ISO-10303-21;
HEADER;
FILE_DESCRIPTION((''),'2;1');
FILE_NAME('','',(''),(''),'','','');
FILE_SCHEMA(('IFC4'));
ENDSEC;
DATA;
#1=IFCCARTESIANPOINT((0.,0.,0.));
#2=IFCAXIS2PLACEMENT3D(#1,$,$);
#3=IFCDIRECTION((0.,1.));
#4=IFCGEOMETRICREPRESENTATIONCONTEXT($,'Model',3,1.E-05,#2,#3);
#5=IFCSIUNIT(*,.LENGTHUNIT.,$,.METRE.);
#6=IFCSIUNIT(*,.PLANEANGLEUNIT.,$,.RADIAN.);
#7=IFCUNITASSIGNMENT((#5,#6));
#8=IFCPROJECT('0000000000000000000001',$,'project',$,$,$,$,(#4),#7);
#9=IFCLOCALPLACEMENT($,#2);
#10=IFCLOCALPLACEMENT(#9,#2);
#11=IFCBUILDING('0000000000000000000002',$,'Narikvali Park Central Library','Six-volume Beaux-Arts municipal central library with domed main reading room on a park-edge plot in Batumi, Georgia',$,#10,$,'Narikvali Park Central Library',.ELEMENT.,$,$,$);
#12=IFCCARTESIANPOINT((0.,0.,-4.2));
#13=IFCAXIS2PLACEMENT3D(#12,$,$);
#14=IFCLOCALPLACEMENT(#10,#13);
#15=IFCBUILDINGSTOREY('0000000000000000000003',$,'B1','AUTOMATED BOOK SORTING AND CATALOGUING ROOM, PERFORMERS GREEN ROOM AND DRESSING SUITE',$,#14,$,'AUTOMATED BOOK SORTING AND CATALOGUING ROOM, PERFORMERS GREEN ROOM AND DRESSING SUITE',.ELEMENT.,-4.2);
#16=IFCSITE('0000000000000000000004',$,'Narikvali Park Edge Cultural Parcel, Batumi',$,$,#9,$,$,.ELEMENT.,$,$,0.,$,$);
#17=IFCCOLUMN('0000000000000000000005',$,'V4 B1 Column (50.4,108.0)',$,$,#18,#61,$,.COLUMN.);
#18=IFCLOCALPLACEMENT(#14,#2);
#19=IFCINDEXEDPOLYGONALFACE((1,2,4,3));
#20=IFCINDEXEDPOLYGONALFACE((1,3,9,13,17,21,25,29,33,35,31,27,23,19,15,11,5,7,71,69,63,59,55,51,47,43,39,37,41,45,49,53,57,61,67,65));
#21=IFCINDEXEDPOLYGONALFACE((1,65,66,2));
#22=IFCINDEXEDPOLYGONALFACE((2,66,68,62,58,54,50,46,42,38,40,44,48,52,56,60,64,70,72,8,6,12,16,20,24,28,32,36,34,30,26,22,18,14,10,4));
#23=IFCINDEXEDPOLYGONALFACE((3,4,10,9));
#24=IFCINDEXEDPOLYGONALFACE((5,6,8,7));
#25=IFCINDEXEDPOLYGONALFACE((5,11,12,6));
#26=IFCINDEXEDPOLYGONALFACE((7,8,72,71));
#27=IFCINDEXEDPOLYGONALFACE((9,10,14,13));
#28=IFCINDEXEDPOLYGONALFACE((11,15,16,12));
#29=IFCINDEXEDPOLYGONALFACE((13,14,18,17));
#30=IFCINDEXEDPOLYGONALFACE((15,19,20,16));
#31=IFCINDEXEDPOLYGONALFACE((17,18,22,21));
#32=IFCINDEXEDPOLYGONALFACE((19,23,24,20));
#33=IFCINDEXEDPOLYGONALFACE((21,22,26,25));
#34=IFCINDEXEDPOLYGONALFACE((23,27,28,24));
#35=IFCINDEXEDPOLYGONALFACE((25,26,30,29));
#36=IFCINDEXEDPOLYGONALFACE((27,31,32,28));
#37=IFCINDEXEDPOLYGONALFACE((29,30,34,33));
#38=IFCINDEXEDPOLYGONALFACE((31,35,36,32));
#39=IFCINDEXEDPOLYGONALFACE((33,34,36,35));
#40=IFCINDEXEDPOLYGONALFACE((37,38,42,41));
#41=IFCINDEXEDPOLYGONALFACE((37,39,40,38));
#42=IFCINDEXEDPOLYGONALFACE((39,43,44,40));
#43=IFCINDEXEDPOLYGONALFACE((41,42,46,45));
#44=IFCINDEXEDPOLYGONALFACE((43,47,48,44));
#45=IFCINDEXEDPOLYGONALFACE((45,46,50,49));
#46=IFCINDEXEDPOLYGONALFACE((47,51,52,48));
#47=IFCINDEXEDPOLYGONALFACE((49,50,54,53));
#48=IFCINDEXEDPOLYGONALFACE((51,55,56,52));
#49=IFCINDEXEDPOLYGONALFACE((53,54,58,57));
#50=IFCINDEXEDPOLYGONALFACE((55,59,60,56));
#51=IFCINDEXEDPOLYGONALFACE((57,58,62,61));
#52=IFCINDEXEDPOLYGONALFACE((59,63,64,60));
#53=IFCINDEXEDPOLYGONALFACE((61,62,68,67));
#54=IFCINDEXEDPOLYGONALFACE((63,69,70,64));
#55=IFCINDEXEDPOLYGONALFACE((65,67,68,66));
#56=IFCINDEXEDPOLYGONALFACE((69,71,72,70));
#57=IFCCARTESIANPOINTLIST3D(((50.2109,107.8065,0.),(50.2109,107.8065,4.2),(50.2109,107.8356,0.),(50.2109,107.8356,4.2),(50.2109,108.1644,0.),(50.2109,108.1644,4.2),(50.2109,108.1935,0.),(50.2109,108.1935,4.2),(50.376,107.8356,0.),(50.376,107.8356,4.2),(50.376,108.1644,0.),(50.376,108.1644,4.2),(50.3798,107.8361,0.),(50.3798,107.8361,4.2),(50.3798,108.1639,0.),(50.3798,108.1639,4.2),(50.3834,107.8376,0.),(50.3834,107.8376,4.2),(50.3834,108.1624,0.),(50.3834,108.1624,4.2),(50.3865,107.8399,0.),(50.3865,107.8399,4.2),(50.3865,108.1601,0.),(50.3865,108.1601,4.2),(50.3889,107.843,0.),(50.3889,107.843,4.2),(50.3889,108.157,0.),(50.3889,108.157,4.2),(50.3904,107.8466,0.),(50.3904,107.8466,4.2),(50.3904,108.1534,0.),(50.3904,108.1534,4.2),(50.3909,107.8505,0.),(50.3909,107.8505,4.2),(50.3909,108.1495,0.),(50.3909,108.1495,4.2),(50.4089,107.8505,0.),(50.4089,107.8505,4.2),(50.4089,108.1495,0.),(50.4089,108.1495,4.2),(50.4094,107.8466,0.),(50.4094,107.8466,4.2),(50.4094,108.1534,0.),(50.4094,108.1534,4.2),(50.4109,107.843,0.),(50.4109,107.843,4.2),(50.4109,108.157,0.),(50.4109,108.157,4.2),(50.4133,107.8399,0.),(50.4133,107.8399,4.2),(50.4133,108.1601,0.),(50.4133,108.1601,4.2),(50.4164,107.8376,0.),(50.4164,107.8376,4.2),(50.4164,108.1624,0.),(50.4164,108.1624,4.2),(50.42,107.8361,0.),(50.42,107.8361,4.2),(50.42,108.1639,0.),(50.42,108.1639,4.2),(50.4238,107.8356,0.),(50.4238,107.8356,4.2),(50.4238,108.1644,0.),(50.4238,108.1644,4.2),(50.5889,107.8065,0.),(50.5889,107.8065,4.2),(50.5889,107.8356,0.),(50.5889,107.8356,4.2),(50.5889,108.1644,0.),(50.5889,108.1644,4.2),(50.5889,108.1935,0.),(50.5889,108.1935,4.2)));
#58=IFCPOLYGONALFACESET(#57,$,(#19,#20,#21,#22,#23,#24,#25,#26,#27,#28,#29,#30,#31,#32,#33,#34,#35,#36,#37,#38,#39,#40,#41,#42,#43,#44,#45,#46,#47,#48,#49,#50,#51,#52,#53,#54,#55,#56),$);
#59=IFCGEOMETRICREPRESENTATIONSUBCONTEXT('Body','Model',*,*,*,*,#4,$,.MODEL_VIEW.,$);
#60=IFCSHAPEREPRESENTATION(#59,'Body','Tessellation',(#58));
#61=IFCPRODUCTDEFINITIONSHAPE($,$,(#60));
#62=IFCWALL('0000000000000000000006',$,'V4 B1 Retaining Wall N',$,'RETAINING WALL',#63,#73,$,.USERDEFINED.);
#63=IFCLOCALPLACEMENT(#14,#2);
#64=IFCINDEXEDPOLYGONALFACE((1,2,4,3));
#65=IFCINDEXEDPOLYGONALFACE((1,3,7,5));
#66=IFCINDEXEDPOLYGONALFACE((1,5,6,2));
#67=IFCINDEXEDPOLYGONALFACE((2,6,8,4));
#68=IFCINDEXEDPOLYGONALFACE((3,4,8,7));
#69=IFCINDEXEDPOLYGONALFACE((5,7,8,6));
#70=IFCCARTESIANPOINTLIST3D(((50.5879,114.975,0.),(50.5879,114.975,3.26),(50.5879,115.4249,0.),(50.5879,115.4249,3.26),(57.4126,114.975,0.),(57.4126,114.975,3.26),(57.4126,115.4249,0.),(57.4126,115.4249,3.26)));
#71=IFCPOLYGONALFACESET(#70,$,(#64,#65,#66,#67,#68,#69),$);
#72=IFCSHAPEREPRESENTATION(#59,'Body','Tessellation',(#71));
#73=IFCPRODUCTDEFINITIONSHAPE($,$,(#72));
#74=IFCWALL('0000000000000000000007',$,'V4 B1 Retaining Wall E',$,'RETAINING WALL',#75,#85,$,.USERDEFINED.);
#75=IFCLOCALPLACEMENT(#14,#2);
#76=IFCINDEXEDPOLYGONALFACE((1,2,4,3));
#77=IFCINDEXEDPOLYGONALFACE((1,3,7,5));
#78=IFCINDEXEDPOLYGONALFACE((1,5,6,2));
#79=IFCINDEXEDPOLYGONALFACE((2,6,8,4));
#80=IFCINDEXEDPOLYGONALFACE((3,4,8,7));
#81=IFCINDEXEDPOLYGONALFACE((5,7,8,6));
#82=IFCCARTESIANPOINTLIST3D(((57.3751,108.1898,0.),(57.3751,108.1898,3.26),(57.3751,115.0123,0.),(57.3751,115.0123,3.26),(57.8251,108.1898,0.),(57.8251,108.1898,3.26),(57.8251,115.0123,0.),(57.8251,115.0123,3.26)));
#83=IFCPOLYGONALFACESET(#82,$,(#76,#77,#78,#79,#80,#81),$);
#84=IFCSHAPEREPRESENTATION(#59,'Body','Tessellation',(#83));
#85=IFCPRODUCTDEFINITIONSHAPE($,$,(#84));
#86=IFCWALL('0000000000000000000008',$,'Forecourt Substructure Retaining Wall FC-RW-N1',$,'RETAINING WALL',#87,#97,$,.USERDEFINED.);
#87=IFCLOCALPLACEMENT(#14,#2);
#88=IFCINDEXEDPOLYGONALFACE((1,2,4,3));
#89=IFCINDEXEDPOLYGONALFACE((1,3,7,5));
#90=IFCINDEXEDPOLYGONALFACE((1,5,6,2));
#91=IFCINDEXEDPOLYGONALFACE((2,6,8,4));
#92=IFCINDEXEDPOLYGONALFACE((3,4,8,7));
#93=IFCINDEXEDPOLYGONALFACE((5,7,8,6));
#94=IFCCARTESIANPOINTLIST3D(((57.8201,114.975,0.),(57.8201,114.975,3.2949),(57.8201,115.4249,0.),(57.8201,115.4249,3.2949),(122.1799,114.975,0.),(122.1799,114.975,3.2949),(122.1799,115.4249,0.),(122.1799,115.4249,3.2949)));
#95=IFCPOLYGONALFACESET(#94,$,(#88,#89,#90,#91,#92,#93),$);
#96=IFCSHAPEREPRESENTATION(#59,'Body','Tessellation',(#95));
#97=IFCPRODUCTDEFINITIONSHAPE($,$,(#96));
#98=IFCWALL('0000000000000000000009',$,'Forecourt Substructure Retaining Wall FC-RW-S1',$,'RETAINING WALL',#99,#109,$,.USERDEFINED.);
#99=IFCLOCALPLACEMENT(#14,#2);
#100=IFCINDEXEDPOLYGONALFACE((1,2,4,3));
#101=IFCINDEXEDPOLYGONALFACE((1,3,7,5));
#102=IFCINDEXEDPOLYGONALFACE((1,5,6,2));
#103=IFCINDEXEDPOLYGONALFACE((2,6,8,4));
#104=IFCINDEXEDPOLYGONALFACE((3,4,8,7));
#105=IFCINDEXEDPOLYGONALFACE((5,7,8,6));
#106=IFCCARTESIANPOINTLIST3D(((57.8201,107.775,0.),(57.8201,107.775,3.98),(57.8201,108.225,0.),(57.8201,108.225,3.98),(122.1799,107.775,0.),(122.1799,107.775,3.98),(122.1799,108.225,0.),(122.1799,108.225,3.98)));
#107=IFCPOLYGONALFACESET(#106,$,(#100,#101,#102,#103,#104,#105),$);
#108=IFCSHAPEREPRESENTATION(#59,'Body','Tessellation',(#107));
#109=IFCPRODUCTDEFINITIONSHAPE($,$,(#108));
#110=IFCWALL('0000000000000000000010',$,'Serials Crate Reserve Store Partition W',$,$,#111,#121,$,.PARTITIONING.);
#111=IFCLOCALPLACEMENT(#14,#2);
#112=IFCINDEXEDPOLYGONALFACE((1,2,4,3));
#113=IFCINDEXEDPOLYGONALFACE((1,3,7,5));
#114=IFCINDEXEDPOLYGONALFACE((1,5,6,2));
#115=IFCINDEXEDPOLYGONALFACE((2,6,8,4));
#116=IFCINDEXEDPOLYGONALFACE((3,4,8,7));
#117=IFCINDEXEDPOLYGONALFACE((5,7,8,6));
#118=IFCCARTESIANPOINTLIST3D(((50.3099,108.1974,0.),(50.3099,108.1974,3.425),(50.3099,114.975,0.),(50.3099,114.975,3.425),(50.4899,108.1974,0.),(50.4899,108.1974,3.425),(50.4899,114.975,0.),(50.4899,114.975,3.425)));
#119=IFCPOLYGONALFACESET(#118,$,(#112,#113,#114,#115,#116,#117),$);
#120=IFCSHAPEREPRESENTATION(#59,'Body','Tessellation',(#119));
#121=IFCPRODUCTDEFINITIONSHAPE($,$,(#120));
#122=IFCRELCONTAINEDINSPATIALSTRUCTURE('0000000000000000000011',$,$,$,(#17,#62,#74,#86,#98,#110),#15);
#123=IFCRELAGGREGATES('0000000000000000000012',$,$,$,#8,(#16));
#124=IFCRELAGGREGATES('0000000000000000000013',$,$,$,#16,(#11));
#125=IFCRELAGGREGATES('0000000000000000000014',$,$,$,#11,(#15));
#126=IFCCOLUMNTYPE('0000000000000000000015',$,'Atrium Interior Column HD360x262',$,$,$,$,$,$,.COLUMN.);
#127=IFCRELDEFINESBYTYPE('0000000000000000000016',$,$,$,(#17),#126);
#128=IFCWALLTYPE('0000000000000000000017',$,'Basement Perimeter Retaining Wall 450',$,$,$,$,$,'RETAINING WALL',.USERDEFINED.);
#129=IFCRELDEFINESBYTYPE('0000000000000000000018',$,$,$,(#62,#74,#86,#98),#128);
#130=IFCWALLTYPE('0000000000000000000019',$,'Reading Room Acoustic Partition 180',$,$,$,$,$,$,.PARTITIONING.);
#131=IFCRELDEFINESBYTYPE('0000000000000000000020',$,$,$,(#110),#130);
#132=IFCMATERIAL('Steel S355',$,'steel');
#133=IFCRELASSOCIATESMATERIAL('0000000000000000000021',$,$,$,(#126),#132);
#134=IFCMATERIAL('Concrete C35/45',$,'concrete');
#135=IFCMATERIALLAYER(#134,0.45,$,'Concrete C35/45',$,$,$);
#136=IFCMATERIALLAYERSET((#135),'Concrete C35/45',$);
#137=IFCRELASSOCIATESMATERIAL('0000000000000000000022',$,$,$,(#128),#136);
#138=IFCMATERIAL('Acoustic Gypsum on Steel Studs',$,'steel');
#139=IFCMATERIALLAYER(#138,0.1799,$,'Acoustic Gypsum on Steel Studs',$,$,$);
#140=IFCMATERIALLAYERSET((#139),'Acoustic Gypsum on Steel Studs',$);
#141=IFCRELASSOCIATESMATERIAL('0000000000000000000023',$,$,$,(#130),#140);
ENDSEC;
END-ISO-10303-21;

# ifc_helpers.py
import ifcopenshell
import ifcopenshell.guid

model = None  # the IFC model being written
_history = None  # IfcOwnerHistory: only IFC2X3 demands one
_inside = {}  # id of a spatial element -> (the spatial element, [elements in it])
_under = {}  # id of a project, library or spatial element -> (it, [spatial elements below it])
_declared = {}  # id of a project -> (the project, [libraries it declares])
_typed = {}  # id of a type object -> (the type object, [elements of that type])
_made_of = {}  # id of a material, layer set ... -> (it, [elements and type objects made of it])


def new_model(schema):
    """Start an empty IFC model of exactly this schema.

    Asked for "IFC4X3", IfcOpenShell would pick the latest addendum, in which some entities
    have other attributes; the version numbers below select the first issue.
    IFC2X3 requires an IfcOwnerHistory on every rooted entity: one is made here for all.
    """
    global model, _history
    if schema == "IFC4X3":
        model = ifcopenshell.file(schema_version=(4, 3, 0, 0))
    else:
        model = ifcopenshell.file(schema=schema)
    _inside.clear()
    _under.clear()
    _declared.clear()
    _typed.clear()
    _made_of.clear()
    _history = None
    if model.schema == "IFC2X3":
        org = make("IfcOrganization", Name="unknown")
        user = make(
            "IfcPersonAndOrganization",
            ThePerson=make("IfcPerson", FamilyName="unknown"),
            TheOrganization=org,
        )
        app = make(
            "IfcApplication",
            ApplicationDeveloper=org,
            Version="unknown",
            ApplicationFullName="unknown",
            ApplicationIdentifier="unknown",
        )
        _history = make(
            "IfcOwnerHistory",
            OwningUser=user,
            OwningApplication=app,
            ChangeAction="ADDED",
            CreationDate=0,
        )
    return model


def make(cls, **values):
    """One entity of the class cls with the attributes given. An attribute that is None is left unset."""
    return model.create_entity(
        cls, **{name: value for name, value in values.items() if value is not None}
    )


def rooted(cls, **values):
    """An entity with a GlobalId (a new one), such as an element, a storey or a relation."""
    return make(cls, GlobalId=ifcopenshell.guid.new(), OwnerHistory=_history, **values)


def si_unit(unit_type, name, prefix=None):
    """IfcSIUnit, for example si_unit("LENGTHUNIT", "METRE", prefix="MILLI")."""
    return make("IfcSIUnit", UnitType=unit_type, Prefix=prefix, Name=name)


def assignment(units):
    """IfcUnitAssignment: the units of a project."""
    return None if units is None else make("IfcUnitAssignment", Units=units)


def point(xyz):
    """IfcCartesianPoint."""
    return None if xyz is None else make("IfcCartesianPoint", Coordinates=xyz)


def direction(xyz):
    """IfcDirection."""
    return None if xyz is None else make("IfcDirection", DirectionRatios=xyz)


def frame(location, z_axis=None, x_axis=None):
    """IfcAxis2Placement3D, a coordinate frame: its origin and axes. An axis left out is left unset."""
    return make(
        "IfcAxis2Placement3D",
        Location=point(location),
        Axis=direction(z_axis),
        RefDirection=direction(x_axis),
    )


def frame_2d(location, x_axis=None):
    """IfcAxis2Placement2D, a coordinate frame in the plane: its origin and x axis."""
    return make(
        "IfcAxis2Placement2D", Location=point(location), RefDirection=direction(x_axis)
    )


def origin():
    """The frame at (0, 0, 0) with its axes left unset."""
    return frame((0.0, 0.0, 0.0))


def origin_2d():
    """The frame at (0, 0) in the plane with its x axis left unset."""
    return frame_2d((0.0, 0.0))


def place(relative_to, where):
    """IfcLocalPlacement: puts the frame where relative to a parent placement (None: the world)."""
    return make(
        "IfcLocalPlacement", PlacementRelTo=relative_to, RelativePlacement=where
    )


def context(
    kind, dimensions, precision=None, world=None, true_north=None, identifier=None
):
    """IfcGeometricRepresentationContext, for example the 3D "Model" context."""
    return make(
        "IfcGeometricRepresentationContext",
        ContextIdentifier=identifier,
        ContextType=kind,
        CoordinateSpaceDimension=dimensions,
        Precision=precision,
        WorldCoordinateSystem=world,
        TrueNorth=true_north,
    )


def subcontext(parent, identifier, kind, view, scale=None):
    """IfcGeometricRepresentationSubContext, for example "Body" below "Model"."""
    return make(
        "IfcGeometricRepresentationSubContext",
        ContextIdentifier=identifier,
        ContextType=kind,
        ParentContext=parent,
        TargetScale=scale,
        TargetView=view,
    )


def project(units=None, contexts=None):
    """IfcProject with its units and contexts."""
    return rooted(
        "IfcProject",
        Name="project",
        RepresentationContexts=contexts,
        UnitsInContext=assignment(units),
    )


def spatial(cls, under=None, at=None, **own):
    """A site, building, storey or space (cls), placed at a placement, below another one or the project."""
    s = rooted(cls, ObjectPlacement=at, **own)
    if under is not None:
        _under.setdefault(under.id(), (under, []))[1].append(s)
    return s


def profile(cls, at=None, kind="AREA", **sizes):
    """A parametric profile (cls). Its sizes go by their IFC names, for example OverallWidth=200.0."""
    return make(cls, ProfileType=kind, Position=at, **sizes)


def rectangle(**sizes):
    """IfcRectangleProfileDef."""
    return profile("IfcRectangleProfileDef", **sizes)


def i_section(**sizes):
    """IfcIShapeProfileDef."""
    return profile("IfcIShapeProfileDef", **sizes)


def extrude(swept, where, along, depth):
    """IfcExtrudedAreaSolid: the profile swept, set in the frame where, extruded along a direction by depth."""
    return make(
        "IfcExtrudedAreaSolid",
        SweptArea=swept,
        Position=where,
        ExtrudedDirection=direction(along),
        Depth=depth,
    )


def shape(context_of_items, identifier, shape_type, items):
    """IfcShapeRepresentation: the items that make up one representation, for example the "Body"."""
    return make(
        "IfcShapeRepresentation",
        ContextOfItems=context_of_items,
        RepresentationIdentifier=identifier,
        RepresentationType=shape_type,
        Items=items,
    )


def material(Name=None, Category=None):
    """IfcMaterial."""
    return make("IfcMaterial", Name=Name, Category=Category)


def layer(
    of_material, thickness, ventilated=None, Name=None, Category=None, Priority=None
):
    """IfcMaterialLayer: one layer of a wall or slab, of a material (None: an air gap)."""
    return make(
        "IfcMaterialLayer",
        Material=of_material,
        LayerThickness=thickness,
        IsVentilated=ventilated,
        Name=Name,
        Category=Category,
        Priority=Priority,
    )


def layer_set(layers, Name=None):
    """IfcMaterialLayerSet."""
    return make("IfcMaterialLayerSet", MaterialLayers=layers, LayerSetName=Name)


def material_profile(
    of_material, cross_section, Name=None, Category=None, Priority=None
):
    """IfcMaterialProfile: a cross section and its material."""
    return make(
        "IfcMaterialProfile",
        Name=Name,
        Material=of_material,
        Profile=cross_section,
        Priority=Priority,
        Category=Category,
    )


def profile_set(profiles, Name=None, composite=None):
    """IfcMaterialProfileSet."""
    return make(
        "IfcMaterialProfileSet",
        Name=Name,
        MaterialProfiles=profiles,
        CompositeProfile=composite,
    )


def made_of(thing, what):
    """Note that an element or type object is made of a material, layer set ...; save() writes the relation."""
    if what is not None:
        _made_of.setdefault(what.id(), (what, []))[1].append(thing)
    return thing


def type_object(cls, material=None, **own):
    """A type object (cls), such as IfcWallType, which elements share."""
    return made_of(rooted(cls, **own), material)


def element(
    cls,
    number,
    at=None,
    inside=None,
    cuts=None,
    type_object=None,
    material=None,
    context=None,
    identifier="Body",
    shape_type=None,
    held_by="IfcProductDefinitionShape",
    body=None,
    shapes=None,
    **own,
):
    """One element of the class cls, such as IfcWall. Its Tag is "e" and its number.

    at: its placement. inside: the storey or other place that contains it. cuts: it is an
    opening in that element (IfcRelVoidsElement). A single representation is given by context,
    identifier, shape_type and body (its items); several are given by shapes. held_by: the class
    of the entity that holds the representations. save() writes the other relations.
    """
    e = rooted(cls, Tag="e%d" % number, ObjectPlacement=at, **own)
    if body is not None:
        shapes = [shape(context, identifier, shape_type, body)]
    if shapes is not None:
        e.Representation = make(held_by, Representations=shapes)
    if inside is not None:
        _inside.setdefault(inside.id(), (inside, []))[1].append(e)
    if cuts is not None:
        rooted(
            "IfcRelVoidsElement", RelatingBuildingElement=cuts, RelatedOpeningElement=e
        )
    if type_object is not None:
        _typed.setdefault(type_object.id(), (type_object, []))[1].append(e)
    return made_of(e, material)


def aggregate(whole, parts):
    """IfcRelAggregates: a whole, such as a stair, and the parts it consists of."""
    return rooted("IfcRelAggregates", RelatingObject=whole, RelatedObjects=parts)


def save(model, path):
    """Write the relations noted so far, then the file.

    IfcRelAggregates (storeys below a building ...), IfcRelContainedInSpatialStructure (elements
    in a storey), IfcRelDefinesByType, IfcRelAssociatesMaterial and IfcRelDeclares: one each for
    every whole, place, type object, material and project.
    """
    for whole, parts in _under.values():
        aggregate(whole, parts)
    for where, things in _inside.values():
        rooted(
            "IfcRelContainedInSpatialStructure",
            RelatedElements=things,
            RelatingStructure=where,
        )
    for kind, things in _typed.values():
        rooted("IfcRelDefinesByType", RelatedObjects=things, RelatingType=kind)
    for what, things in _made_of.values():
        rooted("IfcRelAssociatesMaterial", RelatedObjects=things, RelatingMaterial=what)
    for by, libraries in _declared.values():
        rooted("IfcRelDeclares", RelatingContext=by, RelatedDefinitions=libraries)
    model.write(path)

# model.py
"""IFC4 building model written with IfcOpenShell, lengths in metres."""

from ifc_helpers import new_model, si_unit, direction, frame, frame_2d, origin, origin_2d, place, context, subcontext, project, spatial, rectangle, i_section, extrude, material, layer, layer_set, material_profile, profile_set, type_object, element, save


model = new_model("IFC4")

# Units and contexts
model_context = context("Model", 3, precision=1e-05, world=origin(), true_north=direction((0.0, 1.0)))
body_context = subcontext(model_context, "Body", "Model", "MODEL_VIEW")
ifc_project = project(units=[si_unit("LENGTHUNIT", "METRE"), si_unit("PLANEANGLEUNIT", "RADIAN")], contexts=[model_context])

# Site, building, storey
site_placement = place(None, origin())
site = spatial("IfcSite", under=ifc_project, at=site_placement, Name="Narikvali Park Edge Cultural Parcel, Batumi", CompositionType="ELEMENT", RefElevation=0.0)
building_placement = place(site_placement, origin())
building = spatial("IfcBuilding", under=site, at=building_placement, Name="Narikvali Park Central Library", Description="Six-volume Beaux-Arts municipal central library with domed main reading room on a park-edge plot in Batumi, Georgia", LongName="Narikvali Park Central Library", CompositionType="ELEMENT")
storey_placement = place(building_placement, frame((0.0, 0.0, -4.2)))
storey = spatial("IfcBuildingStorey", under=building, at=storey_placement, Name="B1", Description="AUTOMATED BOOK SORTING AND CATALOGUING ROOM, PERFORMERS GREEN ROOM AND DRESSING SUITE", LongName="AUTOMATED BOOK SORTING AND CATALOGUING ROOM, PERFORMERS GREEN ROOM AND DRESSING SUITE", CompositionType="ELEMENT", Elevation=-4.2)

# Shared definitions
ifc_material_1 = material(Name="Concrete C35/45", Category="concrete")

# Column
ifc_material_2 = material(Name="Steel S355", Category="steel")
ifc_material_profile_1 = material_profile(ifc_material_2, i_section(OverallWidth=0.3779, OverallDepth=0.387, WebThickness=0.0181, FlangeThickness=0.0291, FilletRadius=0.0149, at=origin_2d()), Name="HD 360x262")
ifc_profile_set_1 = profile_set([ifc_material_profile_1], Name="Steel S355")
column_type_1 = type_object("IfcColumnType", Name="Atrium Interior Column HD360x262", PredefinedType="COLUMN", material=ifc_profile_set_1)
column_1_placement = place(storey_placement, frame((50.3999, 108.0, 0.0), z_axis=(0.0, 0.0, 1.0), x_axis=(1.0, 0.0, 0.0)))
element("IfcColumn", 1, at=column_1_placement, inside=storey, type_object=column_type_1, Name="V4 B1 Column (50.4,108.0)", PredefinedType="COLUMN", context=body_context, shape_type="SweptSolid", body=[
    extrude(i_section(OverallWidth=0.3779, OverallDepth=0.387, WebThickness=0.0181, FlangeThickness=0.0291, FilletRadius=0.0149, at=origin_2d()), origin(), (0.0, 0.0, 1.0), 4.2),
])

# Walls
ifc_layer_1 = layer(ifc_material_1, 0.45, Name="Concrete C35/45")
ifc_layer_set_1 = layer_set([ifc_layer_1], Name="Concrete C35/45")
wall_type_1 = type_object("IfcWallType", Name="Basement Perimeter Retaining Wall 450", ElementType="RETAINING WALL", PredefinedType="USERDEFINED", material=ifc_layer_set_1)
wall_1_placement = place(storey_placement, frame((50.5879, 115.2, 0.0), z_axis=(0.0, 0.0, 1.0), x_axis=(1.0, 0.0, 0.0)))
element("IfcWall", 2, at=wall_1_placement, inside=storey, type_object=wall_type_1, Name="V4 B1 Retaining Wall N", ObjectType="RETAINING WALL", PredefinedType="USERDEFINED", context=body_context, shape_type="SweptSolid", body=[
    extrude(rectangle(XDim=6.8247, YDim=0.45, at=frame_2d((3.4124, 0.0))), origin(), (0.0, 0.0, 1.0), 3.26),
])
wall_2_placement = place(storey_placement, frame((57.6001, 108.1899, 0.0), z_axis=(0.0, 0.0, 1.0), x_axis=(0.0, 1.0, 0.0)))
element("IfcWall", 3, at=wall_2_placement, inside=storey, type_object=wall_type_1, Name="V4 B1 Retaining Wall E", ObjectType="RETAINING WALL", PredefinedType="USERDEFINED", context=body_context, shape_type="SweptSolid", body=[
    extrude(rectangle(XDim=6.8225, YDim=0.45, at=frame_2d((3.4111, 0.0))), origin(), (0.0, 0.0, 1.0), 3.26),
])
wall_3_placement = place(storey_placement, frame((57.8201, 115.2, 0.0), z_axis=(0.0, 0.0, 1.0), x_axis=(1.0, 0.0, 0.0)))
element("IfcWall", 4, at=wall_3_placement, inside=storey, type_object=wall_type_1, Name="Forecourt Substructure Retaining Wall FC-RW-N1", ObjectType="RETAINING WALL", PredefinedType="USERDEFINED", context=body_context, shape_type="SweptSolid", body=[
    extrude(rectangle(XDim=64.3599, YDim=0.45, at=frame_2d((32.1799, 0.0))), origin(), (0.0, 0.0, 1.0), 3.2949),
])
wall_4_placement = place(storey_placement, frame((57.8201, 108.0, 0.0), z_axis=(0.0, 0.0, 1.0), x_axis=(1.0, 0.0, 0.0)))
element("IfcWall", 5, at=wall_4_placement, inside=storey, type_object=wall_type_1, Name="Forecourt Substructure Retaining Wall FC-RW-S1", ObjectType="RETAINING WALL", PredefinedType="USERDEFINED", context=body_context, shape_type="SweptSolid", body=[
    extrude(rectangle(XDim=64.3599, YDim=0.45, at=frame_2d((32.1799, 0.0))), origin(), (0.0, 0.0, 1.0), 3.98),
])
ifc_material_3 = material(Name="Acoustic Gypsum on Steel Studs", Category="steel")
ifc_layer_2 = layer(ifc_material_3, 0.1799, Name="Acoustic Gypsum on Steel Studs")
ifc_layer_set_2 = layer_set([ifc_layer_2], Name="Acoustic Gypsum on Steel Studs")
wall_type_2 = type_object("IfcWallType", Name="Reading Room Acoustic Partition 180", PredefinedType="PARTITIONING", material=ifc_layer_set_2)
wall_5_placement = place(storey_placement, frame((50.3999, 108.1975, 0.0), z_axis=(0.0, 0.0, 1.0), x_axis=(0.0, 1.0, 0.0)))
element("IfcWall", 6, at=wall_5_placement, inside=storey, type_object=wall_type_2, Name="Serials Crate Reserve Store Partition W", PredefinedType="PARTITIONING", context=body_context, shape_type="SweptSolid", body=[
    extrude(rectangle(XDim=6.7776, YDim=0.1799, at=frame_2d((3.3887, 0.0))), origin(), (0.0, 0.0, 1.0), 3.425),
])

save(model, "model.ifc")
